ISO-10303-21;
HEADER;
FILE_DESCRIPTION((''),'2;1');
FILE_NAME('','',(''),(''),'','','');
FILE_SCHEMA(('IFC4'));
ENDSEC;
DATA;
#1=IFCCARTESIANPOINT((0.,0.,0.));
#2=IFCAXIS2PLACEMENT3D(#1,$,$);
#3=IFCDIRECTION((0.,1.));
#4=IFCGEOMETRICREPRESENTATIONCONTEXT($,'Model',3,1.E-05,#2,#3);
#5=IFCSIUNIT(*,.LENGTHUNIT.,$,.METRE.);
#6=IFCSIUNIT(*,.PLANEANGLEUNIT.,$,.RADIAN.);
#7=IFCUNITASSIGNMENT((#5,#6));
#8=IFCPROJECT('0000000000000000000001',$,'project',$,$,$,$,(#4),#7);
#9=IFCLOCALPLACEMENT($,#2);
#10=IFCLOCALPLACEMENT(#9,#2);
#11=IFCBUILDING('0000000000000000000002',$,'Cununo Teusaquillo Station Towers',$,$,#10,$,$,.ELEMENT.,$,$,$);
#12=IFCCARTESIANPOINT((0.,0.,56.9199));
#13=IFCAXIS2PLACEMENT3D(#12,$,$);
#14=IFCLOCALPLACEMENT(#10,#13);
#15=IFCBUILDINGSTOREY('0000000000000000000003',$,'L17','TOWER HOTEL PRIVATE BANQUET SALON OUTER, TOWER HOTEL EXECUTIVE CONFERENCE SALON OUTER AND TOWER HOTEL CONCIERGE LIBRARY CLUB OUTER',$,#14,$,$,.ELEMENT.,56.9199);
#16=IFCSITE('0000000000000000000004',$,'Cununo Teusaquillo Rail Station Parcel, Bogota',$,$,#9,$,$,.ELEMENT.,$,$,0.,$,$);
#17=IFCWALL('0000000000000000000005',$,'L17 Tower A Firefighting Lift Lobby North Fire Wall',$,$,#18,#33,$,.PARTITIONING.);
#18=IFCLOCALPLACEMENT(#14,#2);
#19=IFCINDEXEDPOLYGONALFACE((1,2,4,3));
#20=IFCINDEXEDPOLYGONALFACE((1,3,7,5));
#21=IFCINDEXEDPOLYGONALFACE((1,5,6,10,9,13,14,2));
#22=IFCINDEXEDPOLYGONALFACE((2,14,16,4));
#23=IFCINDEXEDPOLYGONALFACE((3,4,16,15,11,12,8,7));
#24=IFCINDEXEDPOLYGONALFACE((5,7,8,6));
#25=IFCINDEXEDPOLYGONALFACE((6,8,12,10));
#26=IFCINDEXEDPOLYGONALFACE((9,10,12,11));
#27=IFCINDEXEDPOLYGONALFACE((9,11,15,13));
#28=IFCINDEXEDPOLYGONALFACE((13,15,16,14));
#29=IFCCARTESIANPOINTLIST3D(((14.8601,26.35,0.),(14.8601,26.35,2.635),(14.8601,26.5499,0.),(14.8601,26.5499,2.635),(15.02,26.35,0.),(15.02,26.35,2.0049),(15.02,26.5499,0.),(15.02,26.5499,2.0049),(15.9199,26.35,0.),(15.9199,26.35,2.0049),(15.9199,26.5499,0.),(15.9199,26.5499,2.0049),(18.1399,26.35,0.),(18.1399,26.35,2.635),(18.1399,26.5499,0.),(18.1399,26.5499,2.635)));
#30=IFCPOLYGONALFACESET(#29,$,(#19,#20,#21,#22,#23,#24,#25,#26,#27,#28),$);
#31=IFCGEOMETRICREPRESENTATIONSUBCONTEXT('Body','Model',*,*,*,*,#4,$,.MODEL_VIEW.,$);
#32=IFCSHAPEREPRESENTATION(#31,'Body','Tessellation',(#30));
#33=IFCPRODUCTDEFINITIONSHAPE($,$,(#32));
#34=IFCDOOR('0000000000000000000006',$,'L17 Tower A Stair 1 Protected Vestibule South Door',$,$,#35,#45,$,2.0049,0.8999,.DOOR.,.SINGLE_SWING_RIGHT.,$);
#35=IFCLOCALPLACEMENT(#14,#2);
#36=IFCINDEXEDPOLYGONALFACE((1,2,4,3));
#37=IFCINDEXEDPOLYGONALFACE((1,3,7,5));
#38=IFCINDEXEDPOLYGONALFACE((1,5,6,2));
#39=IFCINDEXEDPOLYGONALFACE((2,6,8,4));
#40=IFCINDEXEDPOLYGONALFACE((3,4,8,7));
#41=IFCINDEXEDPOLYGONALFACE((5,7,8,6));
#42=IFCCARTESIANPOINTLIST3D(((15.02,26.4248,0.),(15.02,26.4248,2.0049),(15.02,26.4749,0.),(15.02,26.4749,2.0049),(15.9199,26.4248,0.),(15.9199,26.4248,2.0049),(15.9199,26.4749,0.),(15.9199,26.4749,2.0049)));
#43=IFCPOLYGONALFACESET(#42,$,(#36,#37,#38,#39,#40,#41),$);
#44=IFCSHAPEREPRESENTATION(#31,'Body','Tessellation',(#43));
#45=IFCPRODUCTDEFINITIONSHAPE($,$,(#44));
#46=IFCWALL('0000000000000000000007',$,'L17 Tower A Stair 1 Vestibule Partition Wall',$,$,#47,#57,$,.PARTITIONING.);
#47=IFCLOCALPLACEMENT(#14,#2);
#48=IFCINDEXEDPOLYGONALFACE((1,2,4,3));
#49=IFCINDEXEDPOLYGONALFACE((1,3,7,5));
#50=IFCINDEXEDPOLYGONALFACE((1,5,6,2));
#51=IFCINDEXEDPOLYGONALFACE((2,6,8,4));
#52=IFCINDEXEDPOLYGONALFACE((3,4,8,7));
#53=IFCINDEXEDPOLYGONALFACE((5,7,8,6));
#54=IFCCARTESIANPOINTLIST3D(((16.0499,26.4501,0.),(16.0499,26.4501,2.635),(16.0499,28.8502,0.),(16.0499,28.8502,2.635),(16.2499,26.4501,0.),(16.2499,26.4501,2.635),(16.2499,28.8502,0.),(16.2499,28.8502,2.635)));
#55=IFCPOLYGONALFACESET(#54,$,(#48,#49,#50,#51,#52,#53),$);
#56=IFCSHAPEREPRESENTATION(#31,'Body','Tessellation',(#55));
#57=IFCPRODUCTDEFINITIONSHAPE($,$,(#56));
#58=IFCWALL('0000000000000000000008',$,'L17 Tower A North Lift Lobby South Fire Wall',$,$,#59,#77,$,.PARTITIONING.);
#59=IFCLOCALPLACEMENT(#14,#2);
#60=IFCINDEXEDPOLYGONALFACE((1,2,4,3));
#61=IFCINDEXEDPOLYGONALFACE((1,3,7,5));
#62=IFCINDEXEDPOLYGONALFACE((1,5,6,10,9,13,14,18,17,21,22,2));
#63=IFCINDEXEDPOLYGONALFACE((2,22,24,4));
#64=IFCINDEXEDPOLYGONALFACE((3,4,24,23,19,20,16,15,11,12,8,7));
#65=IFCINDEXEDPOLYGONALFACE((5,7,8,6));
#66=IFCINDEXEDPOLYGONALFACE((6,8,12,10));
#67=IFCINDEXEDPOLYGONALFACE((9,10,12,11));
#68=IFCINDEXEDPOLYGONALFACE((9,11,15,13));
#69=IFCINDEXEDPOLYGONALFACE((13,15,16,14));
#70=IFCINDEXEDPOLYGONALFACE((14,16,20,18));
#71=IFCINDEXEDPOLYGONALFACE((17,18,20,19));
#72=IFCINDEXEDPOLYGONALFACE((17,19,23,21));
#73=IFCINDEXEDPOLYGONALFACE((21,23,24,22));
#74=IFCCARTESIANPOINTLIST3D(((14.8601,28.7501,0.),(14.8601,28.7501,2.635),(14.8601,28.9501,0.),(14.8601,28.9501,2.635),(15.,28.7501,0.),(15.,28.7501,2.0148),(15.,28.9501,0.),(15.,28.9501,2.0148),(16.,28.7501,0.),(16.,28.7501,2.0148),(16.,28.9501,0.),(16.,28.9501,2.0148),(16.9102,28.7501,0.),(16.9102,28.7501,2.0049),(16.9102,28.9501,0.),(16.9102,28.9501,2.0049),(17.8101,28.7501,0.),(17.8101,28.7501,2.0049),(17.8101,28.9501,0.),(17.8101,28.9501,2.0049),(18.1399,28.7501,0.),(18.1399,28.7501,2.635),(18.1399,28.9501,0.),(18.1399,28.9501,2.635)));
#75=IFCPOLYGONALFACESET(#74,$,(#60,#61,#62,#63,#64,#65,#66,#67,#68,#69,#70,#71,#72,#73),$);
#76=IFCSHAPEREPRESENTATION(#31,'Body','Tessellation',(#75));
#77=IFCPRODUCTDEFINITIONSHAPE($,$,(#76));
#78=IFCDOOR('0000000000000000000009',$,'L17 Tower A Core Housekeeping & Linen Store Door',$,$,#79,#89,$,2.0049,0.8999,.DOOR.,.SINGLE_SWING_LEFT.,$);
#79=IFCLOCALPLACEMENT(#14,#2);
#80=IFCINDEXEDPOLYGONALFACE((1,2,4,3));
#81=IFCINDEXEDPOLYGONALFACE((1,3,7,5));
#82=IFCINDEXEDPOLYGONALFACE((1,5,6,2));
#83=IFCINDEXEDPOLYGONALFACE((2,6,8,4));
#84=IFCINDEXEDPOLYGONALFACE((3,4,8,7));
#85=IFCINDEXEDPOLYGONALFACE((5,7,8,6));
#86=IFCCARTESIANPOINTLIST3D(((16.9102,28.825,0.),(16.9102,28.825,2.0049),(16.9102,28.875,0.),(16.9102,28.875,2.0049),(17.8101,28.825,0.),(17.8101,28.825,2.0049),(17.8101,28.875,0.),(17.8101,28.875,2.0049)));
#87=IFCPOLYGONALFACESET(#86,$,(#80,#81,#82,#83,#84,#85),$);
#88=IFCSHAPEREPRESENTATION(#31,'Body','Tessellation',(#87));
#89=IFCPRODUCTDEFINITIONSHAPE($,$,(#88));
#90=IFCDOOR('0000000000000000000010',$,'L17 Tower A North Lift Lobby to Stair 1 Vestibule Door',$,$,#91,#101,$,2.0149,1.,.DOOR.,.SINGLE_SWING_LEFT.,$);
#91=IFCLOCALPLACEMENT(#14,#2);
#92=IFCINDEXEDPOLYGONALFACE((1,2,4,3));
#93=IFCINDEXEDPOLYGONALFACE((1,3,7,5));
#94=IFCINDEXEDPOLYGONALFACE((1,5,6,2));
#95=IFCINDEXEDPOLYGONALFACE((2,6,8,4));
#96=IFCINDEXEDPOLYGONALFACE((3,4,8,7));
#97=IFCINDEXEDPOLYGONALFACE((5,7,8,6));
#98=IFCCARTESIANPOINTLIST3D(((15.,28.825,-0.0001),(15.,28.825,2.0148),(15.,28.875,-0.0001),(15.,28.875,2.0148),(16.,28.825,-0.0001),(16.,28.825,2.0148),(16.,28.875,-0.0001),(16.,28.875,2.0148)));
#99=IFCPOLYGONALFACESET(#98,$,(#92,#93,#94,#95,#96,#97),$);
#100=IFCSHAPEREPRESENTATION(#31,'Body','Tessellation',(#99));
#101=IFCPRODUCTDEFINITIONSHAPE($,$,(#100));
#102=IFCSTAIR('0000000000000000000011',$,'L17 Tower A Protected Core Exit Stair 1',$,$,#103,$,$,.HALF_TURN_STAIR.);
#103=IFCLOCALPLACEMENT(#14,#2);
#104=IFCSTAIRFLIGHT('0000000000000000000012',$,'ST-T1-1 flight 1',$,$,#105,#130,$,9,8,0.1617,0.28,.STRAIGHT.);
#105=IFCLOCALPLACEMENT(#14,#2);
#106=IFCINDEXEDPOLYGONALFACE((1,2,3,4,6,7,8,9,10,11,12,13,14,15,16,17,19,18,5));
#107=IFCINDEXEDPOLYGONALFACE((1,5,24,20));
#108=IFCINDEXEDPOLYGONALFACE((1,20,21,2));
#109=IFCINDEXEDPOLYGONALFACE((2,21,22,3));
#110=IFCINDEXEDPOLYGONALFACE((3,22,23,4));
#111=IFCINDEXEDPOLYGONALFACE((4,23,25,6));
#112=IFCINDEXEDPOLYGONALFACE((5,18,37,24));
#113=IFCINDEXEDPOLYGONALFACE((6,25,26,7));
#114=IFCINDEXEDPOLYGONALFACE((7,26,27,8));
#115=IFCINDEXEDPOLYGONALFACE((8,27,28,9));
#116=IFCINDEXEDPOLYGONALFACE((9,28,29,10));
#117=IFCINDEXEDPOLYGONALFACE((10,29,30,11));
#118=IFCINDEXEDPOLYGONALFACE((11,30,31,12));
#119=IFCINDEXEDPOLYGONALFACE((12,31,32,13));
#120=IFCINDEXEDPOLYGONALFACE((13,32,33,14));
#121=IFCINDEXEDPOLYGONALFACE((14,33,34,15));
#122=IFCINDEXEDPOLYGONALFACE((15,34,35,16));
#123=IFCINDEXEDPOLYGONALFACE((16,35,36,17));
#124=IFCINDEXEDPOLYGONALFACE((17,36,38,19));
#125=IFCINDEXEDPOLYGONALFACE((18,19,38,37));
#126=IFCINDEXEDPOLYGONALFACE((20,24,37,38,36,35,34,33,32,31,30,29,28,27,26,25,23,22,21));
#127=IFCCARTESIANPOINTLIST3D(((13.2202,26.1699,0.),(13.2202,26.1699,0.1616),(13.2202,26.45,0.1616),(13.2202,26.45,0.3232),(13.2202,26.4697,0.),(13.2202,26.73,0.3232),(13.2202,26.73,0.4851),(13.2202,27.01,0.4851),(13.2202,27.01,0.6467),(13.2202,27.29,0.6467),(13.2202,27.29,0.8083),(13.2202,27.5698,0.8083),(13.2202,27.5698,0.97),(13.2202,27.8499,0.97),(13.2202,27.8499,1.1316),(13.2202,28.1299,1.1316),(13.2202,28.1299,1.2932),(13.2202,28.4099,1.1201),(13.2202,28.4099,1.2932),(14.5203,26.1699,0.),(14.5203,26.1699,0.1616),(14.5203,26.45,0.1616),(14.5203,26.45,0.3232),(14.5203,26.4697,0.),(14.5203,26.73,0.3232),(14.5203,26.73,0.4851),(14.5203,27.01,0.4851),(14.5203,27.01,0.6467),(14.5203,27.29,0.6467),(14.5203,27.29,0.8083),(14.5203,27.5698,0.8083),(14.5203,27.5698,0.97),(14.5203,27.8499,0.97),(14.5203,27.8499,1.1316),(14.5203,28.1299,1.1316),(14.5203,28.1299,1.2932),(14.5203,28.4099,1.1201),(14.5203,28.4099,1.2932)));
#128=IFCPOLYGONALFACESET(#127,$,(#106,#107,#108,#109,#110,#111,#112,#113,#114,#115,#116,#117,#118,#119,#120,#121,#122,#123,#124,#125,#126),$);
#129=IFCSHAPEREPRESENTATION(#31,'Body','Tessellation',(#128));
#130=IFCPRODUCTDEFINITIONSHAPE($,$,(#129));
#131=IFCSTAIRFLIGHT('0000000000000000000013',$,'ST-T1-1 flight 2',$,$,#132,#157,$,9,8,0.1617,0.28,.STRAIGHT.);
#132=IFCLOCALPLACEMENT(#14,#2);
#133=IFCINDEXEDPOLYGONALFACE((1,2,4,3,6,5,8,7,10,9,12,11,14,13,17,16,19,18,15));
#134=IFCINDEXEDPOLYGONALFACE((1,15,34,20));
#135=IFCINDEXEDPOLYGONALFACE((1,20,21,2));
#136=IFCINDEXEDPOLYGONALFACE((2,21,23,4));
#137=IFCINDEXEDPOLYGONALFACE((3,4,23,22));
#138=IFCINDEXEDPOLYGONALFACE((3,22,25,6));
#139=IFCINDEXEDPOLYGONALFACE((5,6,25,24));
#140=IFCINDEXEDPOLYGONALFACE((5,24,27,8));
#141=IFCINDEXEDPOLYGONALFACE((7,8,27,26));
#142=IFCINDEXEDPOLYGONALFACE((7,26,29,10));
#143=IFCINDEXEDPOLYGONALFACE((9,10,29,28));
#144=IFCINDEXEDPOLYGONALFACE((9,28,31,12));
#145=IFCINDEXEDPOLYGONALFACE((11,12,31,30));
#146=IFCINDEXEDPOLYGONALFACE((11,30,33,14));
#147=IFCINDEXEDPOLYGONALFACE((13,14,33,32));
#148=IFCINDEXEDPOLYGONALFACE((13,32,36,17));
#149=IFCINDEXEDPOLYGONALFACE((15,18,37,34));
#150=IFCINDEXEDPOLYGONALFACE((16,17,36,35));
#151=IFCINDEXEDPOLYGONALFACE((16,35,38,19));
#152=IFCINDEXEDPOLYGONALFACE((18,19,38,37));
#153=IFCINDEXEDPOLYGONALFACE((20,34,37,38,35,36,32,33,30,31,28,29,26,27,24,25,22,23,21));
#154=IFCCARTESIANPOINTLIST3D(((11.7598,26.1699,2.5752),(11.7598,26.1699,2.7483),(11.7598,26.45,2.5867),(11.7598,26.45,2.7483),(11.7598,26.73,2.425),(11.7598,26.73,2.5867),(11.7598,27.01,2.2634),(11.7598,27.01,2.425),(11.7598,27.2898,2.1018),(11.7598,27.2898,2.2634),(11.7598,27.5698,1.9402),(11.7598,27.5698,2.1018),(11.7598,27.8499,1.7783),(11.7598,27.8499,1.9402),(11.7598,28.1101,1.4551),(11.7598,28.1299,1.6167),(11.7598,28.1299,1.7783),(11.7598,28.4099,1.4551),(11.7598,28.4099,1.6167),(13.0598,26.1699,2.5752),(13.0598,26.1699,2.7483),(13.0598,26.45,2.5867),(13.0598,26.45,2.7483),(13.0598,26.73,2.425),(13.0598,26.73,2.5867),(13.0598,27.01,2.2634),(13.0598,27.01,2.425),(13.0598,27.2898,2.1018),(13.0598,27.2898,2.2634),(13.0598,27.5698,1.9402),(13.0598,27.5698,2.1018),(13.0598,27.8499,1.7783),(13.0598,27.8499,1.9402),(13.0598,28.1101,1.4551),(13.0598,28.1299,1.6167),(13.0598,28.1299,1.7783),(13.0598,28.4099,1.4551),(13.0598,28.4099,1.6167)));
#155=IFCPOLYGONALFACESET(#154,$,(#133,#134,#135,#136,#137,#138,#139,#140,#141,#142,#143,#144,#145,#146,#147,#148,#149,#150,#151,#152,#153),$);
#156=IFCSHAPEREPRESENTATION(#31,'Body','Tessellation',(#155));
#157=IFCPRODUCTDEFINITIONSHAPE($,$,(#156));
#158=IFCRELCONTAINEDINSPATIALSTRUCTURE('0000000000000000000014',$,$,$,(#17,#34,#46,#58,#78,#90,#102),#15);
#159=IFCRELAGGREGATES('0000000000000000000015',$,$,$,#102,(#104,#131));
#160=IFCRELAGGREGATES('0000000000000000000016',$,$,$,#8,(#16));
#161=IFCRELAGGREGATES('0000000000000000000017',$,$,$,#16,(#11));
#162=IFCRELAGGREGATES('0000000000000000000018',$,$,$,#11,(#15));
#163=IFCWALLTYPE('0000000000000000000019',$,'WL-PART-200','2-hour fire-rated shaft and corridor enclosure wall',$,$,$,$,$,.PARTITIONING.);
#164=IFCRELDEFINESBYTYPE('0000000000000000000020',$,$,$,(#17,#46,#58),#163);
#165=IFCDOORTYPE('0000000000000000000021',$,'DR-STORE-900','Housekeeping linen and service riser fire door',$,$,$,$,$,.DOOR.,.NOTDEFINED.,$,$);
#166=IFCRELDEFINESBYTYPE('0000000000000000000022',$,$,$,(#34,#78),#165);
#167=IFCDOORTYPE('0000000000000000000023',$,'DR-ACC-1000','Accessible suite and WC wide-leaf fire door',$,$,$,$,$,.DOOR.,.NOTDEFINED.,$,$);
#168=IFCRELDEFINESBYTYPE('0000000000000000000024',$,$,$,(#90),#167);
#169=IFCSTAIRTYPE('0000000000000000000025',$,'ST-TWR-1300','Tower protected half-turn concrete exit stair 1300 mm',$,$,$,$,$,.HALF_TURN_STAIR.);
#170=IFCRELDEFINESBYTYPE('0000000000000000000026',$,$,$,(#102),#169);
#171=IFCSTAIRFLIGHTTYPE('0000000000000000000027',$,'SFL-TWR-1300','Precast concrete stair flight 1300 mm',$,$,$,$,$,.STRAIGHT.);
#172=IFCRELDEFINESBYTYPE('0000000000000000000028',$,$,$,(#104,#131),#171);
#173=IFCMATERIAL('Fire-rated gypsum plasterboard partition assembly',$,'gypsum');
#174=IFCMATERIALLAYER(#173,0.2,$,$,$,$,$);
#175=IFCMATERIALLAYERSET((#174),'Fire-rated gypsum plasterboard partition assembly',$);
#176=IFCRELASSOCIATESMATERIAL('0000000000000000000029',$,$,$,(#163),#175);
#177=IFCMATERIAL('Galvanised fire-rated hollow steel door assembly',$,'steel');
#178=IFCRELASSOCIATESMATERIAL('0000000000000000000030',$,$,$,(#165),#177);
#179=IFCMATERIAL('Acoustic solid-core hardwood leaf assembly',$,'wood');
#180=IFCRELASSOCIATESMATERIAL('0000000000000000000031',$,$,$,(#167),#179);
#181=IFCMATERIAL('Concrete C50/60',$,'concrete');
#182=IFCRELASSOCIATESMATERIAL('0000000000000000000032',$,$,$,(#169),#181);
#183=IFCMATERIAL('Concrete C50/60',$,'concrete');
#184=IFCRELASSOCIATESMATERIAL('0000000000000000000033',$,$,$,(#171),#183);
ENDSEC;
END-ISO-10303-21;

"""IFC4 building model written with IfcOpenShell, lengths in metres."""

from ifc_helpers import new_model, si_unit, direction, frame, frame_2d, origin, place, context, subcontext, project, spatial, polyline, rectangle, outline, extrude, source, transform, mapped, material, layer, layer_set, type_object, element, fill, aggregate, save


model = new_model("IFC4")

# Units and contexts
model_context = context("Model", 3, precision=1e-05, world=origin(), true_north=direction((0.0, 1.0)))
body_context = subcontext(model_context, "Body", "Model", "MODEL_VIEW")
ifc_project = project(units=[si_unit("LENGTHUNIT", "METRE"), si_unit("PLANEANGLEUNIT", "RADIAN")], contexts=[model_context])

# Site, building, storey
site_placement = place(None, origin())
site = spatial("IfcSite", under=ifc_project, at=site_placement, Name="Cununo Teusaquillo Rail Station Parcel, Bogota", CompositionType="ELEMENT", RefElevation=0.0)
building_placement = place(site_placement, origin())
building = spatial("IfcBuilding", under=site, at=building_placement, Name="Cununo Teusaquillo Station Towers", CompositionType="ELEMENT")
storey_placement = place(building_placement, frame((0.0, 0.0, 56.9199)))
storey = spatial("IfcBuildingStorey", under=building, at=storey_placement, Name="L17", Description="TOWER HOTEL PRIVATE BANQUET SALON OUTER, TOWER HOTEL EXECUTIVE CONFERENCE SALON OUTER AND TOWER HOTEL CONCIERGE LIBRARY CLUB OUTER", CompositionType="ELEMENT", Elevation=56.9199)

# Wall, opening, door
ifc_material_1 = material(Name="Fire-rated gypsum plasterboard partition assembly", Category="gypsum")
ifc_layer_1 = layer(ifc_material_1, 0.2)
ifc_layer_set_1 = layer_set([ifc_layer_1], Name="Fire-rated gypsum plasterboard partition assembly")
wall_type_1 = type_object("IfcWallType", Name="WL-PART-200", Description="2-hour fire-rated shaft and corridor enclosure wall", PredefinedType="PARTITIONING", material=ifc_layer_set_1)
wall_1_placement = place(storey_placement, frame((14.8601, 26.45, 0.0), z_axis=(0.0, 0.0, 1.0), x_axis=(1.0, 0.0, 0.0)))
wall_1 = element("IfcWall", 1, at=wall_1_placement, inside=storey, type_object=wall_type_1, Name="L17 Tower A Firefighting Lift Lobby North Fire Wall", PredefinedType="PARTITIONING", context=body_context, shape_type="SweptSolid", body=[
    extrude(rectangle(XDim=3.2798, YDim=0.2, at=frame_2d((1.6399, 0.0))), origin(), (0.0, 0.0, 1.0), 2.635),
])
shared_shape_1 = source(origin(), body_context, "Body", "SweptSolid", [
    extrude(rectangle(XDim=0.8999, YDim=2.0049, at=frame_2d((0.45, 1.0024))), frame((0.0, 0.1099, 0.0), z_axis=(0.0, -1.0, 0.0), x_axis=(1.0, 0.0, 0.0)), (0.0, 0.0, 1.0), 0.22),
])
opening_1_placement = place(wall_1_placement, frame((0.1599, 0.0, 0.0)))
opening_1 = element("IfcOpeningElement", 2, at=opening_1_placement, cuts=wall_1, PredefinedType="OPENING", context=body_context, shape_type="MappedRepresentation", body=[
    mapped(shared_shape_1, transform((0.0, 0.0, 0.0), x_axis=(1.0, 0.0, 0.0), y_axis=(0.0, 1.0, 0.0), z_axis=(0.0, 0.0, 1.0), scale=1.0)),
])
ifc_material_2 = material(Name="Galvanised fire-rated hollow steel door assembly", Category="steel")
door_type_1 = type_object("IfcDoorType", Name="DR-STORE-900", Description="Housekeeping linen and service riser fire door", OperationType="NOTDEFINED", PredefinedType="DOOR", material=ifc_material_2)
shared_shape_2 = source(origin(), body_context, "Body", "SweptSolid", [
    extrude(rectangle(XDim=0.8999, YDim=2.0049, at=frame_2d((0.45, 1.0024))), frame((0.0, 0.0249, 0.0), z_axis=(0.0, -1.0, 0.0), x_axis=(1.0, 0.0, 0.0)), (0.0, 0.0, 1.0), 0.05),
])
door_1_placement = place(opening_1_placement, origin())
door_1 = element("IfcDoor", 3, at=door_1_placement, inside=storey, type_object=door_type_1, Name="L17 Tower A Stair 1 Protected Vestibule South Door", OperationType="SINGLE_SWING_RIGHT", OverallHeight=2.0049, OverallWidth=0.8999, PredefinedType="DOOR", context=body_context, shape_type="MappedRepresentation", body=[
    mapped(shared_shape_2, transform((0.0, 0.0, 0.0), x_axis=(1.0, 0.0, 0.0), y_axis=(0.0, 1.0, 0.0), z_axis=(0.0, 0.0, 1.0), scale=1.0)),
])
fill(opening_1, door_1)

# Wall
wall_2_placement = place(storey_placement, frame((16.1499, 26.45, 0.0), z_axis=(0.0, 0.0, 1.0), x_axis=(0.0, 1.0, 0.0)))
element("IfcWall", 4, at=wall_2_placement, inside=storey, type_object=wall_type_1, Name="L17 Tower A Stair 1 Vestibule Partition Wall", PredefinedType="PARTITIONING", context=body_context, shape_type="SweptSolid", body=[
    extrude(rectangle(XDim=2.4001, YDim=0.2, at=frame_2d((1.2002, 0.0))), origin(), (0.0, 0.0, 1.0), 2.635),
])

# Wall, openings, doors
wall_3_placement = place(storey_placement, frame((14.8601, 28.8501, 0.0), z_axis=(0.0, 0.0, 1.0), x_axis=(1.0, 0.0, 0.0)))
wall_3 = element("IfcWall", 5, at=wall_3_placement, inside=storey, type_object=wall_type_1, Name="L17 Tower A North Lift Lobby South Fire Wall", PredefinedType="PARTITIONING", context=body_context, shape_type="SweptSolid", body=[
    extrude(rectangle(XDim=3.2798, YDim=0.2, at=frame_2d((1.6399, 0.0))), origin(), (0.0, 0.0, 1.0), 2.635),
])
shared_shape_3 = source(origin(), body_context, "Body", "SweptSolid", [
    extrude(rectangle(XDim=1.0, YDim=2.0149, at=frame_2d((0.5, 1.0073))), frame((0.0, 0.1099, 0.0), z_axis=(0.0, -1.0, 0.0), x_axis=(1.0, 0.0, 0.0)), (0.0, 0.0, 1.0), 0.22),
])
opening_2_placement = place(wall_3_placement, frame((0.1399, 0.0, 0.0)))
opening_2 = element("IfcOpeningElement", 6, at=opening_2_placement, cuts=wall_3, PredefinedType="OPENING", context=body_context, shape_type="MappedRepresentation", body=[
    mapped(shared_shape_3, transform((0.0, 0.0, 0.0), x_axis=(1.0, 0.0, 0.0), y_axis=(0.0, 1.0, 0.0), z_axis=(0.0, 0.0, 1.0), scale=1.0)),
])
opening_3_placement = place(wall_3_placement, frame((2.05, 0.0, 0.0)))
opening_3 = element("IfcOpeningElement", 7, at=opening_3_placement, cuts=wall_3, PredefinedType="OPENING", context=body_context, shape_type="MappedRepresentation", body=[
    mapped(shared_shape_1, transform((0.0, 0.0, 0.0), x_axis=(1.0, 0.0, 0.0), y_axis=(0.0, 1.0, 0.0), z_axis=(0.0, 0.0, 1.0), scale=1.0)),
])
door_2_placement = place(opening_3_placement, origin())
door_2 = element("IfcDoor", 8, at=door_2_placement, inside=storey, type_object=door_type_1, Name="L17 Tower A Core Housekeeping & Linen Store Door", OperationType="SINGLE_SWING_LEFT", OverallHeight=2.0049, OverallWidth=0.8999, PredefinedType="DOOR", context=body_context, shape_type="MappedRepresentation", body=[
    mapped(shared_shape_2, transform((0.0, 0.0, 0.0), x_axis=(1.0, 0.0, 0.0), y_axis=(0.0, 1.0, 0.0), z_axis=(0.0, 0.0, 1.0), scale=1.0)),
])
fill(opening_3, door_2)
ifc_material_3 = material(Name="Acoustic solid-core hardwood leaf assembly", Category="wood")
door_type_2 = type_object("IfcDoorType", Name="DR-ACC-1000", Description="Accessible suite and WC wide-leaf fire door", OperationType="NOTDEFINED", PredefinedType="DOOR", material=ifc_material_3)
shared_shape_4 = source(origin(), body_context, "Body", "SweptSolid", [
    extrude(rectangle(XDim=1.0, YDim=2.0149, at=frame_2d((0.5, 1.0073))), frame((0.0, 0.0249, 0.0), z_axis=(0.0, -1.0, 0.0), x_axis=(1.0, 0.0, 0.0)), (0.0, 0.0, 1.0), 0.05),
])
door_3_placement = place(opening_2_placement, origin())
door_3 = element("IfcDoor", 9, at=door_3_placement, inside=storey, type_object=door_type_2, Name="L17 Tower A North Lift Lobby to Stair 1 Vestibule Door", OperationType="SINGLE_SWING_LEFT", OverallHeight=2.0149, OverallWidth=1.0, PredefinedType="DOOR", context=body_context, shape_type="MappedRepresentation", body=[
    mapped(shared_shape_4, transform((0.0, 0.0, 0.0), x_axis=(1.0, 0.0, 0.0), y_axis=(0.0, 1.0, 0.0), z_axis=(0.0, 0.0, 1.0), scale=1.0)),
])
fill(opening_2, door_3)

# Stair, stair flights
ifc_material_4 = material(Name="Concrete C50/60", Category="concrete")
stair_type = type_object("IfcStairType", Name="ST-TWR-1300", Description="Tower protected half-turn concrete exit stair 1300 mm", PredefinedType="HALF_TURN_STAIR", material=ifc_material_4)
stair_placement = place(storey_placement, origin())
stair = element("IfcStair", 10, at=stair_placement, inside=storey, type_object=stair_type, Name="L17 Tower A Protected Core Exit Stair 1", PredefinedType="HALF_TURN_STAIR")
ifc_material_5 = material(Name="Concrete C50/60", Category="concrete")
stair_flight_type = type_object("IfcStairFlightType", Name="SFL-TWR-1300", Description="Precast concrete stair flight 1300 mm", PredefinedType="STRAIGHT", material=ifc_material_5)
stair_flight_1_placement = place(storey_placement, frame((13.8701, 26.1699, 0.0), z_axis=(0.0, 0.0, 1.0), x_axis=(0.0, 1.0, 0.0)))
stair_flight_1 = element("IfcStairFlight", 11, at=stair_flight_1_placement, type_object=stair_flight_type, Name="ST-T1-1 flight 1", NumberOfRisers=9, NumberOfTreads=8, PredefinedType="STRAIGHT", RiserHeight=0.1617, TreadLength=0.28, context=body_context, shape_type="SweptSolid", body=[
    extrude(outline(polyline([(0.0, 0.0), (0.0, 0.1616), (0.28, 0.1616), (0.28, 0.3232), (0.5601, 0.3232), (0.5601, 0.4851), (0.8401, 0.4851), (0.8401, 0.6467), (1.1201, 0.6467), (1.1201, 0.8083), (1.3999, 0.8083), (1.3999, 0.97), (1.6799, 0.97), (1.6799, 1.1316), (1.96, 1.1316), (1.96, 1.2932), (2.24, 1.2932), (2.24, 1.4551), (2.24, 1.1201), (0.2998, 0.0), (0.0, 0.0)])), frame((0.0, 0.6499, 0.0), z_axis=(0.0, -1.0, 0.0), x_axis=(1.0, 0.0, 0.0)), (0.0, 0.0, 1.0), 1.3),
])
stair_flight_2_placement = place(storey_placement, frame((12.4099, 28.4099, 1.4551), z_axis=(0.0, 0.0, 1.0), x_axis=(0.0, -1.0, 0.0)))
stair_flight_2 = element("IfcStairFlight", 12, at=stair_flight_2_placement, type_object=stair_flight_type, Name="ST-T1-1 flight 2", NumberOfRisers=9, NumberOfTreads=8, PredefinedType="STRAIGHT", RiserHeight=0.1617, TreadLength=0.28, context=body_context, shape_type="SweptSolid", body=[
    extrude(outline(polyline([(0.0, 0.0), (0.0, 0.1616), (0.28, 0.1616), (0.28, 0.3232), (0.5601, 0.3232), (0.5601, 0.4851), (0.8401, 0.4851), (0.8401, 0.6467), (1.1201, 0.6467), (1.1201, 0.8083), (1.3999, 0.8083), (1.3999, 0.97), (1.6799, 0.97), (1.6799, 1.1316), (1.96, 1.1316), (1.96, 1.2932), (2.24, 1.2932), (2.24, 1.4551), (2.24, 1.1201), (0.2998, 0.0), (0.0, 0.0)])), frame((0.0, 0.6499, 0.0), z_axis=(0.0, -1.0, 0.0), x_axis=(1.0, 0.0, 0.0)), (0.0, 0.0, 1.0), 1.3),
])
aggregate(stair, [stair_flight_1, stair_flight_2])

save(model, "model.ifc")
